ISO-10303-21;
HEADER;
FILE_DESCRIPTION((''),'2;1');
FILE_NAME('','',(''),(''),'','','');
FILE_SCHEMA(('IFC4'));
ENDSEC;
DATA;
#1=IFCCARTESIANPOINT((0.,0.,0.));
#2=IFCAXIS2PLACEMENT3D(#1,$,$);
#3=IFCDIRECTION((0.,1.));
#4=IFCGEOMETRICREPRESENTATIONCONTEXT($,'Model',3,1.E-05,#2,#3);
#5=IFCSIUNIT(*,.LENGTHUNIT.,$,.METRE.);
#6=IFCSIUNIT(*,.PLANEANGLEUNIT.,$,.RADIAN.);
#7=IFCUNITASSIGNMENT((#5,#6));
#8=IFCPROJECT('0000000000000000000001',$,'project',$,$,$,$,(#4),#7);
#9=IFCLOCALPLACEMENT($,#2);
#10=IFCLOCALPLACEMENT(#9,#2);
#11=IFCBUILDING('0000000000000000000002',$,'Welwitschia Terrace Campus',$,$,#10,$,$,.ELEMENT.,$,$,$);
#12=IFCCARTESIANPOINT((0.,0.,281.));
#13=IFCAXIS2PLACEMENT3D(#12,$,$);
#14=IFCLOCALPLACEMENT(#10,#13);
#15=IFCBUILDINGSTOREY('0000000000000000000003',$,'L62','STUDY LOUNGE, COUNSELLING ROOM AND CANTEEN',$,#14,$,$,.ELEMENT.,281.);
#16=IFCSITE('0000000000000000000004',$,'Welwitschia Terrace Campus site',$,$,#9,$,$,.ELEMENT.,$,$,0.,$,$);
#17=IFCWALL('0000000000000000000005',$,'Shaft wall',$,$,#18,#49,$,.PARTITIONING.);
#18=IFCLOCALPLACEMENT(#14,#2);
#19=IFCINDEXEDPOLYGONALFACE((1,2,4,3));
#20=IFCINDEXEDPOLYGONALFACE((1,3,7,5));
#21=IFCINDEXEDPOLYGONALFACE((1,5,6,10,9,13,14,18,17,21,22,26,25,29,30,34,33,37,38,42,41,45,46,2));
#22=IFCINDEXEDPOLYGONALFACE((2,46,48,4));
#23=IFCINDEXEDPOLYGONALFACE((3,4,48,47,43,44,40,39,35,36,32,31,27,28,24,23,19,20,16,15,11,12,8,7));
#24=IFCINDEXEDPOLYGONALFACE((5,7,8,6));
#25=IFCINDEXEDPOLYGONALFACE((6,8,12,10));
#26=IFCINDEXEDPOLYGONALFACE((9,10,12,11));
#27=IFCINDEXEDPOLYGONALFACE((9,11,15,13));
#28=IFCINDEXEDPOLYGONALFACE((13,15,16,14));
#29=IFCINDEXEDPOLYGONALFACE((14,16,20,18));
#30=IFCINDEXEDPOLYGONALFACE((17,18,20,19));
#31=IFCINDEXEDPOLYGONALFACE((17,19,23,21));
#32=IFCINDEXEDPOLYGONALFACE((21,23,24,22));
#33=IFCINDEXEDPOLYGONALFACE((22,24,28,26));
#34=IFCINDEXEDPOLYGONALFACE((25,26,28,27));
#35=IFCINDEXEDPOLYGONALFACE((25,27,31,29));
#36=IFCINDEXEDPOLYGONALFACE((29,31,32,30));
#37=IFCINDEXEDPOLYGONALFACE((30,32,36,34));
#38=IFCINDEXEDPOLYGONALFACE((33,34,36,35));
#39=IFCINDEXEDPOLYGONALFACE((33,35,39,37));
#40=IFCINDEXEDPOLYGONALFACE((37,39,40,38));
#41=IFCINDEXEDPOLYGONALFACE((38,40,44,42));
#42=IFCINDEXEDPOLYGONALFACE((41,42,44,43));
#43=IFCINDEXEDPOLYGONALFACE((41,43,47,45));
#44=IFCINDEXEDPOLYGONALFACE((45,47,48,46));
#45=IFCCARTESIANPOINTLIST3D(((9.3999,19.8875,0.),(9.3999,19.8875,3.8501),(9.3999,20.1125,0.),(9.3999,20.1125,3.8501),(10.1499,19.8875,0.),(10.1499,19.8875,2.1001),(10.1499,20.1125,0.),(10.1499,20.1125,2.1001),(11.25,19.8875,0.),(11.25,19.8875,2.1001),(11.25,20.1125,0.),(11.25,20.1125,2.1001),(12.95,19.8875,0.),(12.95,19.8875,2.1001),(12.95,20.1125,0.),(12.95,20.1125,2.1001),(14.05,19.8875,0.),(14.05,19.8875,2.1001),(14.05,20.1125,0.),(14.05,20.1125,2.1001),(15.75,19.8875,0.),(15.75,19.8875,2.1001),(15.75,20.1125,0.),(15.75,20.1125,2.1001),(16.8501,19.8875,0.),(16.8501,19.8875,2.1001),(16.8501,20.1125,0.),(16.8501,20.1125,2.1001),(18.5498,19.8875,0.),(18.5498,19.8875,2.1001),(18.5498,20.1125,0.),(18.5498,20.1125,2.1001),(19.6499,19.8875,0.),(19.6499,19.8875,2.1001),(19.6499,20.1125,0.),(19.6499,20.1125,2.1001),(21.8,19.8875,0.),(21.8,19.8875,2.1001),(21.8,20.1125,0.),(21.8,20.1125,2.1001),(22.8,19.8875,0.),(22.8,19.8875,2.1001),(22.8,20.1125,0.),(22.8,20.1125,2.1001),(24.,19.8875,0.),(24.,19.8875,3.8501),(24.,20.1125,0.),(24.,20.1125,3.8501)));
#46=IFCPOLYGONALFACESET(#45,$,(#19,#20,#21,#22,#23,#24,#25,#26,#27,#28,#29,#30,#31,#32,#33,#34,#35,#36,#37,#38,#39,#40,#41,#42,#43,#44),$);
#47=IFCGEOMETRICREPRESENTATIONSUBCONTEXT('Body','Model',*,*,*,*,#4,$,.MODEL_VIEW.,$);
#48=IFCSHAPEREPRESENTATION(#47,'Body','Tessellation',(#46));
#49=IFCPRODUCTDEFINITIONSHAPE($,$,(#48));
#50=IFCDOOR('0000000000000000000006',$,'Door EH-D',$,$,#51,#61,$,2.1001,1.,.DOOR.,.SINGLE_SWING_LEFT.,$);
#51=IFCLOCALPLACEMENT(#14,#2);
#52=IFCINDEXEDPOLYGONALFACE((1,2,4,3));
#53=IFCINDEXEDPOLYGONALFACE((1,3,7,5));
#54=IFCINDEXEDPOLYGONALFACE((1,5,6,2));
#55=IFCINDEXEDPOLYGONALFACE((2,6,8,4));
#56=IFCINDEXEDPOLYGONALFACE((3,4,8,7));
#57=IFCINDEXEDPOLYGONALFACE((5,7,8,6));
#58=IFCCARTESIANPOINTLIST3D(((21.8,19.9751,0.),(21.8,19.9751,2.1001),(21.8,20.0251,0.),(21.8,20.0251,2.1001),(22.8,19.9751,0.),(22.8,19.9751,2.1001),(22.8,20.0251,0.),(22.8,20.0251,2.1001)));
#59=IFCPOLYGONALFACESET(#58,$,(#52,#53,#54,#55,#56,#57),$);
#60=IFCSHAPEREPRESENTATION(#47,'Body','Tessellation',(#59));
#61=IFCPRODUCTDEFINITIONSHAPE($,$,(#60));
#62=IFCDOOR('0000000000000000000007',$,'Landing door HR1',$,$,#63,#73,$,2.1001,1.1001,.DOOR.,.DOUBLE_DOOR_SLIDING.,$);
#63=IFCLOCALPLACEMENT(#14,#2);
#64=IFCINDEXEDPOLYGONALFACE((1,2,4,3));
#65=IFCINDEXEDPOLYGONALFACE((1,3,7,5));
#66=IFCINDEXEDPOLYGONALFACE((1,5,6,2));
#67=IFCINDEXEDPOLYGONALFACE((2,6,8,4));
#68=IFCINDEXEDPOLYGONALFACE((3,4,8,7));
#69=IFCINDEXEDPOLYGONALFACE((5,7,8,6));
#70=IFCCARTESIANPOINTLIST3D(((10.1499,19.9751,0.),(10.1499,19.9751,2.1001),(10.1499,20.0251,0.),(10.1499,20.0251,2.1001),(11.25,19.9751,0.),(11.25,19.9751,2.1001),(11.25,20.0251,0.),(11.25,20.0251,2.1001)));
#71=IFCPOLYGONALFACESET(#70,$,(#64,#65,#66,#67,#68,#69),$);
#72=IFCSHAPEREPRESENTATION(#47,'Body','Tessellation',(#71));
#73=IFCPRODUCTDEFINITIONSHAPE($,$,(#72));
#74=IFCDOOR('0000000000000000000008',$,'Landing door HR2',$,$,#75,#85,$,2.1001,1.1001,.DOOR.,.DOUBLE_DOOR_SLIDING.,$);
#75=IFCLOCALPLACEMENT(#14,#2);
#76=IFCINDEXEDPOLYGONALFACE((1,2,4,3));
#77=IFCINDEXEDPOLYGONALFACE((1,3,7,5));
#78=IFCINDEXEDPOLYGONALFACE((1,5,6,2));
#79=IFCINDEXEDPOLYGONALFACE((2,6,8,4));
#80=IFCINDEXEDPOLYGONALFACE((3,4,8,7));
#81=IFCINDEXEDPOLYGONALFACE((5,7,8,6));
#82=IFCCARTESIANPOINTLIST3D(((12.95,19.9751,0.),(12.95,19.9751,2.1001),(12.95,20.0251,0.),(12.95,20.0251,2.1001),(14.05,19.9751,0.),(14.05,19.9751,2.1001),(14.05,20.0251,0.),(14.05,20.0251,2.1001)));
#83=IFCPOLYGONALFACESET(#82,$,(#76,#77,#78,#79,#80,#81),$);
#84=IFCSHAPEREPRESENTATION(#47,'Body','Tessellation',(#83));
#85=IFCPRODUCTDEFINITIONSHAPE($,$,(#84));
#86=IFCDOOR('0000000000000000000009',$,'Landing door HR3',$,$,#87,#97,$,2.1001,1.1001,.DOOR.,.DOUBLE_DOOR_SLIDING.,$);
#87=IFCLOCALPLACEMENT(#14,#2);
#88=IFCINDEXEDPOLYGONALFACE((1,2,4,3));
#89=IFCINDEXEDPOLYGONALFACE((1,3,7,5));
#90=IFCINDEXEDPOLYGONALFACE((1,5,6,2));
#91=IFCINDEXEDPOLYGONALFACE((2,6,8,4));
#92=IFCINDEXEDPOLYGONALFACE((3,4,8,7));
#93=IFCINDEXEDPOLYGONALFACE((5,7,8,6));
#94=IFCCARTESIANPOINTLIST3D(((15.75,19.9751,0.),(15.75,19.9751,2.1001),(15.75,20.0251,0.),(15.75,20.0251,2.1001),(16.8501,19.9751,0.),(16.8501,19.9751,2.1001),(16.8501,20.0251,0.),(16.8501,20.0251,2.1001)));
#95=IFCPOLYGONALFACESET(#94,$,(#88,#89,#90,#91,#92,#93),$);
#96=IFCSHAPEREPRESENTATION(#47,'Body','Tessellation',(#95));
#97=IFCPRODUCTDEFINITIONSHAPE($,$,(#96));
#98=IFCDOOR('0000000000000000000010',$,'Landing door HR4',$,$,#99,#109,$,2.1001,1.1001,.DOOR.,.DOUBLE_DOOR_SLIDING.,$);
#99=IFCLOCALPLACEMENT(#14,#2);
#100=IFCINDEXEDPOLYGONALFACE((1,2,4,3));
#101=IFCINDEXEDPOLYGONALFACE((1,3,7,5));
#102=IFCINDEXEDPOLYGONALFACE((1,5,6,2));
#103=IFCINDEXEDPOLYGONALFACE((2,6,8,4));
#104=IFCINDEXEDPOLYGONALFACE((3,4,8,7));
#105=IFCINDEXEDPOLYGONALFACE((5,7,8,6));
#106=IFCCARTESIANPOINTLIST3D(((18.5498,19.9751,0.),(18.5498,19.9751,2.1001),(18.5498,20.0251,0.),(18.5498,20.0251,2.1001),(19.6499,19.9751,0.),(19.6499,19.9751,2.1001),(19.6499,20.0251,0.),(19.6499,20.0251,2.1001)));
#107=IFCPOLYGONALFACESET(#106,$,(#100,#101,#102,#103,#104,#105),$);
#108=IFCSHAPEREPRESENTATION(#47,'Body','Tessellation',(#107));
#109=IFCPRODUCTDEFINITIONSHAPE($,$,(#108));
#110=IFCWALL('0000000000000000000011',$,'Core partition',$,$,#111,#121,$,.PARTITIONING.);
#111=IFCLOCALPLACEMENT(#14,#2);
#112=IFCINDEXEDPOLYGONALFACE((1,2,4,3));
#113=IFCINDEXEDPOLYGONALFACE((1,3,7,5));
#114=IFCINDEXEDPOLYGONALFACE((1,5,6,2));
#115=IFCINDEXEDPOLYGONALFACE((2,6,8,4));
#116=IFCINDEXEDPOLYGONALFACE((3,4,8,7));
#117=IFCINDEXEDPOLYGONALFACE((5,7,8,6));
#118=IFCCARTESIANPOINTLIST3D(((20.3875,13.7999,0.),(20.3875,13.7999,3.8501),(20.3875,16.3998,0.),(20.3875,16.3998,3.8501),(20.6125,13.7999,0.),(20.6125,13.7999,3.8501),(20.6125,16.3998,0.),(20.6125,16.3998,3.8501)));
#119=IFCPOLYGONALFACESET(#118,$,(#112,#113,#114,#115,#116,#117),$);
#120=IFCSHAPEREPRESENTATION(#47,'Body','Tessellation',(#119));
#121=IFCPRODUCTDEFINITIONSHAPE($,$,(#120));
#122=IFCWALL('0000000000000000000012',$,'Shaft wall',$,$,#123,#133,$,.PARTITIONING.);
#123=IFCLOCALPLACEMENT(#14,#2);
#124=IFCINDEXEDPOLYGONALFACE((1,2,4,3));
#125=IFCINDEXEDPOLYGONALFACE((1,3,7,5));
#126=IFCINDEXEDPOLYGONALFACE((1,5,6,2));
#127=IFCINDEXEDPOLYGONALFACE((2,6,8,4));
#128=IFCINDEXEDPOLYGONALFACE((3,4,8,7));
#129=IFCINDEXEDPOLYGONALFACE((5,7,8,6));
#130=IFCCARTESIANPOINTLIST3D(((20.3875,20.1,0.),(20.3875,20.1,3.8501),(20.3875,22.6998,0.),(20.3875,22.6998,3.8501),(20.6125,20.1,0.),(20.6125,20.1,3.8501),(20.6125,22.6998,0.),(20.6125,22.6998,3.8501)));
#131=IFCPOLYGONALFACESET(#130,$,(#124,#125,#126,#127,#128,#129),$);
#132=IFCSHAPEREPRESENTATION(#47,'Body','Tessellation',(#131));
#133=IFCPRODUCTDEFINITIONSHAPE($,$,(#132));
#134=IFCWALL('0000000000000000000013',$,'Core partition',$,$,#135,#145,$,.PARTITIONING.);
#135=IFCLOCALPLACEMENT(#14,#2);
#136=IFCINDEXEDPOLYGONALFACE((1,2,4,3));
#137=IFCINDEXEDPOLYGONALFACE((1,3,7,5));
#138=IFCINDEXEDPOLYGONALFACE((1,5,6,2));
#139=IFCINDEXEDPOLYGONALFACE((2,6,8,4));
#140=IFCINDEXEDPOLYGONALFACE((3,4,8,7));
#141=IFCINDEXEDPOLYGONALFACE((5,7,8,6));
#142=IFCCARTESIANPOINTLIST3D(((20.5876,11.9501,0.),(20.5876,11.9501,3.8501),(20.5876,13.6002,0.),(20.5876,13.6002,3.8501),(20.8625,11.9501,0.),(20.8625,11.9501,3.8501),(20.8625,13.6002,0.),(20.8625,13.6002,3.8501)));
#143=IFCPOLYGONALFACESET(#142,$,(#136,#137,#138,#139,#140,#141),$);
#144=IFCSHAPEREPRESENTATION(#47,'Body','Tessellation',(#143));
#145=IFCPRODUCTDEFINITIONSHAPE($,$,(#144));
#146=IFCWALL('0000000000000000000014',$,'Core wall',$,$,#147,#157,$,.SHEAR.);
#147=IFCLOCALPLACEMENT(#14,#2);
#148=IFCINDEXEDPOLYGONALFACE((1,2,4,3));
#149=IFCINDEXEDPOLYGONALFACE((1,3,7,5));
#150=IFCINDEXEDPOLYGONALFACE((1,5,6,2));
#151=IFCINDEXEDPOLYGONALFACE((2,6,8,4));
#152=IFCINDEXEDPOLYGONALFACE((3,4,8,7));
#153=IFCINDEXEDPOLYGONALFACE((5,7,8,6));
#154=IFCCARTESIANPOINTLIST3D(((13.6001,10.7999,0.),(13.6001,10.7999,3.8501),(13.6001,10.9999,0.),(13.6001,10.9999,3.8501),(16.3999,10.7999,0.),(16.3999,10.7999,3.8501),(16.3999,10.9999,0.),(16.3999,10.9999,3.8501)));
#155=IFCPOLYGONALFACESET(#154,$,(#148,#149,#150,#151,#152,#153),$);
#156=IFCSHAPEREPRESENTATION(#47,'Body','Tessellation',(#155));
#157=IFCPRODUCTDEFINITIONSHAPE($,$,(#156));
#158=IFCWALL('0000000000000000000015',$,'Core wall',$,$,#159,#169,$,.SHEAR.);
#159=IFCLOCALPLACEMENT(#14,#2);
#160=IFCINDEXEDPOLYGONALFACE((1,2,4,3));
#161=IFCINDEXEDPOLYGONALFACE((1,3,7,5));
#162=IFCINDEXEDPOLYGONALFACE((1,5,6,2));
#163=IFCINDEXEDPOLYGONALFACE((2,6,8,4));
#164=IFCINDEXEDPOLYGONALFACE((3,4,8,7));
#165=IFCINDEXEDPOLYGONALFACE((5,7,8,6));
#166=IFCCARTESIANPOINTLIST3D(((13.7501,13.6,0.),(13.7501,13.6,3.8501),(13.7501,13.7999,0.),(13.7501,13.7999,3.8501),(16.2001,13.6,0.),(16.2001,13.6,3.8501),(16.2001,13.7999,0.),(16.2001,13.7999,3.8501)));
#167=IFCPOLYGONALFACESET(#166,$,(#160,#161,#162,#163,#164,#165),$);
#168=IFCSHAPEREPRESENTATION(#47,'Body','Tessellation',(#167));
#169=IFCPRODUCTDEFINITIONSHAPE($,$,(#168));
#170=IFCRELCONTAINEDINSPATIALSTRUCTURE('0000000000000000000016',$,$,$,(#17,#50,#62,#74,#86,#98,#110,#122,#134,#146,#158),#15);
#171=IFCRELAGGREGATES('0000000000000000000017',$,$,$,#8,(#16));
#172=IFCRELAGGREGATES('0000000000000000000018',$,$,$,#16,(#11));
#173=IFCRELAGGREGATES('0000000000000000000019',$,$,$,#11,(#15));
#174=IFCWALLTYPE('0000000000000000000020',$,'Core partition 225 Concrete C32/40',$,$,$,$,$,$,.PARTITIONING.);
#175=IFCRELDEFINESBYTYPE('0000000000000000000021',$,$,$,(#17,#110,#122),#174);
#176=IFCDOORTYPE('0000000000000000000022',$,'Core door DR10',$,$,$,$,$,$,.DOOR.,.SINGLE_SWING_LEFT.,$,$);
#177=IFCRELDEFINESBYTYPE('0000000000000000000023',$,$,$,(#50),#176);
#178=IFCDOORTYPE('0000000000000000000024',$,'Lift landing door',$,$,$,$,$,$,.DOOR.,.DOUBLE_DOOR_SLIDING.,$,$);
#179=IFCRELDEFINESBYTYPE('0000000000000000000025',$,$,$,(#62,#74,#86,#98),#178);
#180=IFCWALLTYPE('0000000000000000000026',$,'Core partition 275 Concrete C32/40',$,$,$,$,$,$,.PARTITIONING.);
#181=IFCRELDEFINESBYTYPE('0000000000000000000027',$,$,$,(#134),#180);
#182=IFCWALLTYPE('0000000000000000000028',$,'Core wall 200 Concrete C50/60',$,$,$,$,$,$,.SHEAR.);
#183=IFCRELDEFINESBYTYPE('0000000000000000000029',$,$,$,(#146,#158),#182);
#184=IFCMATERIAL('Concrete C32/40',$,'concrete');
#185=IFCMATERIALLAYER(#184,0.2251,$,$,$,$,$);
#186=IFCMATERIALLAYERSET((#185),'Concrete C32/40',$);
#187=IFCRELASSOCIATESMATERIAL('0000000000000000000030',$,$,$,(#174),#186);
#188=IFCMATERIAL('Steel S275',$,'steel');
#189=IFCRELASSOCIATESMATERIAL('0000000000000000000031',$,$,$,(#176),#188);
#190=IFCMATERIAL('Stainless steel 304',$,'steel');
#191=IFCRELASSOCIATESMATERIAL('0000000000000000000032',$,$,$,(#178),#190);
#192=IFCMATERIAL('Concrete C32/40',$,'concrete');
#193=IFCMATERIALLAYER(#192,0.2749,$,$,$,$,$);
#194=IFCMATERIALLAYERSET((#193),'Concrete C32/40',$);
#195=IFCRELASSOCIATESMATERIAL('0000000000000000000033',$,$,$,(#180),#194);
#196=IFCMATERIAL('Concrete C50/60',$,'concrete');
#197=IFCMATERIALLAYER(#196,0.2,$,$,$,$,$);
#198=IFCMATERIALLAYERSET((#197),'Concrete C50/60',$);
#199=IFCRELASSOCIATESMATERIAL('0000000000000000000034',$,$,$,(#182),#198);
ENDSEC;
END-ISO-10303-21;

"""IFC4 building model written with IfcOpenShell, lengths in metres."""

from ifc_helpers import new_model, si_unit, direction, frame, frame_2d, origin, place, context, subcontext, project, spatial, rectangle, extrude, material, layer, layer_set, type_object, element, fill, save


model = new_model("IFC4")

# Units and contexts
model_context = context("Model", 3, precision=1e-05, world=origin(), true_north=direction((0.0, 1.0)))
body_context = subcontext(model_context, "Body", "Model", "MODEL_VIEW")
ifc_project = project(units=[si_unit("LENGTHUNIT", "METRE"), si_unit("PLANEANGLEUNIT", "RADIAN")], contexts=[model_context])

# Site, building, storey
site_placement = place(None, origin())
site = spatial("IfcSite", under=ifc_project, at=site_placement, Name="Welwitschia Terrace Campus site", CompositionType="ELEMENT", RefElevation=0.0)
building_placement = place(site_placement, origin())
building = spatial("IfcBuilding", under=site, at=building_placement, Name="Welwitschia Terrace Campus", CompositionType="ELEMENT")
storey_placement = place(building_placement, frame((0.0, 0.0, 281.0)))
storey = spatial("IfcBuildingStorey", under=building, at=storey_placement, Name="L62", Description="STUDY LOUNGE, COUNSELLING ROOM AND CANTEEN", CompositionType="ELEMENT", Elevation=281.0)

# Shared definitions
ifc_material_1 = material(Name="Concrete C32/40", Category="concrete")
ifc_layer_1 = layer(ifc_material_1, 0.2251)
ifc_layer_set_1 = layer_set([ifc_layer_1], Name="Concrete C32/40")
wall_type_1 = type_object("IfcWallType", Name="Core partition 225 Concrete C32/40", PredefinedType="PARTITIONING", material=ifc_layer_set_1)

# Wall, openings, doors
wall_1_placement = place(storey_placement, frame((24.0, 20.0, 0.0), z_axis=(0.0, 0.0, 1.0), x_axis=(-1.0, 0.0, 0.0)))
wall_1 = element("IfcWall", 1, at=wall_1_placement, inside=storey, type_object=wall_type_1, Name="Shaft wall", PredefinedType="PARTITIONING", context=body_context, shape_type="SweptSolid", body=[
    extrude(rectangle(XDim=14.6001, YDim=0.2251, at=frame_2d((7.3, 0.0))), origin(), (0.0, 0.0, 1.0), 3.8501),
])
opening_1_placement = place(wall_1_placement, frame((12.75, 0.0, 0.0)))
opening_1 = element("IfcOpeningElement", 2, at=opening_1_placement, cuts=wall_1, PredefinedType="OPENING", context=body_context, shape_type="SweptSolid", body=[
    extrude(rectangle(XDim=1.1001, YDim=2.1001, at=frame_2d((0.55, 1.05))), frame((0.0, 0.1226, 0.0), z_axis=(0.0, -1.0, 0.0), x_axis=(1.0, 0.0, 0.0)), (0.0, 0.0, 1.0), 0.2451),
])
opening_2_placement = place(wall_1_placement, frame((9.95, 0.0, 0.0)))
opening_2 = element("IfcOpeningElement", 3, at=opening_2_placement, cuts=wall_1, PredefinedType="OPENING", context=body_context, shape_type="SweptSolid", body=[
    extrude(rectangle(XDim=1.1001, YDim=2.1001, at=frame_2d((0.55, 1.05))), frame((0.0, 0.1226, 0.0), z_axis=(0.0, -1.0, 0.0), x_axis=(1.0, 0.0, 0.0)), (0.0, 0.0, 1.0), 0.2451),
])
opening_3_placement = place(wall_1_placement, frame((7.1499, 0.0, 0.0)))
opening_3 = element("IfcOpeningElement", 4, at=opening_3_placement, cuts=wall_1, PredefinedType="OPENING", context=body_context, shape_type="SweptSolid", body=[
    extrude(rectangle(XDim=1.1001, YDim=2.1001, at=frame_2d((0.55, 1.05))), frame((0.0, 0.1226, 0.0), z_axis=(0.0, -1.0, 0.0), x_axis=(1.0, 0.0, 0.0)), (0.0, 0.0, 1.0), 0.2451),
])
opening_4_placement = place(wall_1_placement, frame((4.3501, 0.0, 0.0)))
opening_4 = element("IfcOpeningElement", 5, at=opening_4_placement, cuts=wall_1, PredefinedType="OPENING", context=body_context, shape_type="SweptSolid", body=[
    extrude(rectangle(XDim=1.1001, YDim=2.1001, at=frame_2d((0.55, 1.05))), frame((0.0, 0.1226, 0.0), z_axis=(0.0, -1.0, 0.0), x_axis=(1.0, 0.0, 0.0)), (0.0, 0.0, 1.0), 0.2451),
])
opening_5_placement = place(wall_1_placement, frame((1.2, 0.0, 0.0)))
opening_5 = element("IfcOpeningElement", 6, at=opening_5_placement, cuts=wall_1, PredefinedType="OPENING", context=body_context, shape_type="SweptSolid", body=[
    extrude(rectangle(XDim=1.0, YDim=2.1001, at=frame_2d((0.5, 1.05))), frame((0.0, 0.1226, 0.0), z_axis=(0.0, -1.0, 0.0), x_axis=(1.0, 0.0, 0.0)), (0.0, 0.0, 1.0), 0.2451),
])
ifc_material_2 = material(Name="Steel S275", Category="steel")
door_type_1 = type_object("IfcDoorType", Name="Core door DR10", OperationType="SINGLE_SWING_LEFT", PredefinedType="DOOR", material=ifc_material_2)
door_1_placement = place(opening_5_placement, origin())
door_1 = element("IfcDoor", 7, at=door_1_placement, inside=storey, type_object=door_type_1, Name="Door EH-D", OperationType="SINGLE_SWING_LEFT", OverallHeight=2.1001, OverallWidth=1.0, PredefinedType="DOOR", context=body_context, shape_type="SweptSolid", body=[
    extrude(rectangle(XDim=1.0, YDim=2.1001, at=frame_2d((0.5, 1.05))), frame((0.0, 0.0249, 0.0), z_axis=(0.0, -1.0, 0.0), x_axis=(1.0, 0.0, 0.0)), (0.0, 0.0, 1.0), 0.05),
])
fill(opening_5, door_1)
ifc_material_3 = material(Name="Stainless steel 304", Category="steel")
door_type_2 = type_object("IfcDoorType", Name="Lift landing door", OperationType="DOUBLE_DOOR_SLIDING", PredefinedType="DOOR", material=ifc_material_3)
door_2_placement = place(opening_1_placement, origin())
door_2 = element("IfcDoor", 8, at=door_2_placement, inside=storey, type_object=door_type_2, Name="Landing door HR1", OperationType="DOUBLE_DOOR_SLIDING", OverallHeight=2.1001, OverallWidth=1.1001, PredefinedType="DOOR", context=body_context, shape_type="SweptSolid", body=[
    extrude(rectangle(XDim=1.1001, YDim=2.1001, at=frame_2d((0.55, 1.05))), frame((0.0, 0.0249, 0.0), z_axis=(0.0, -1.0, 0.0), x_axis=(1.0, 0.0, 0.0)), (0.0, 0.0, 1.0), 0.05),
])
fill(opening_1, door_2)
door_3_placement = place(opening_2_placement, origin())
door_3 = element("IfcDoor", 9, at=door_3_placement, inside=storey, type_object=door_type_2, Name="Landing door HR2", OperationType="DOUBLE_DOOR_SLIDING", OverallHeight=2.1001, OverallWidth=1.1001, PredefinedType="DOOR", context=body_context, shape_type="SweptSolid", body=[
    extrude(rectangle(XDim=1.1001, YDim=2.1001, at=frame_2d((0.55, 1.05))), frame((0.0, 0.0249, 0.0), z_axis=(0.0, -1.0, 0.0), x_axis=(1.0, 0.0, 0.0)), (0.0, 0.0, 1.0), 0.05),
])
fill(opening_2, door_3)
door_4_placement = place(opening_3_placement, origin())
door_4 = element("IfcDoor", 10, at=door_4_placement, inside=storey, type_object=door_type_2, Name="Landing door HR3", OperationType="DOUBLE_DOOR_SLIDING", OverallHeight=2.1001, OverallWidth=1.1001, PredefinedType="DOOR", context=body_context, shape_type="SweptSolid", body=[
    extrude(rectangle(XDim=1.1001, YDim=2.1001, at=frame_2d((0.55, 1.05))), frame((0.0, 0.0249, 0.0), z_axis=(0.0, -1.0, 0.0), x_axis=(1.0, 0.0, 0.0)), (0.0, 0.0, 1.0), 0.05),
])
fill(opening_3, door_4)
door_5_placement = place(opening_4_placement, origin())
door_5 = element("IfcDoor", 11, at=door_5_placement, inside=storey, type_object=door_type_2, Name="Landing door HR4", OperationType="DOUBLE_DOOR_SLIDING", OverallHeight=2.1001, OverallWidth=1.1001, PredefinedType="DOOR", context=body_context, shape_type="SweptSolid", body=[
    extrude(rectangle(XDim=1.1001, YDim=2.1001, at=frame_2d((0.55, 1.05))), frame((0.0, 0.0249, 0.0), z_axis=(0.0, -1.0, 0.0), x_axis=(1.0, 0.0, 0.0)), (0.0, 0.0, 1.0), 0.05),
])
fill(opening_4, door_5)

# Walls
for number, where, z_axis, x_axis, name in (
    (12, (20.5, 13.8, 0.0), (0.0, 0.0, 1.0), (0.0, 1.0, 0.0), "Core partition"),
    (13, (20.5, 20.1001, 0.0), (0.0, 0.0, 1.0), (0.0, 1.0, 0.0), "Shaft wall"),
):
    element("IfcWall", number, at=place(storey_placement, frame(where, z_axis=z_axis, x_axis=x_axis)), inside=storey, type_object=wall_type_1, Name=name, PredefinedType="PARTITIONING", context=body_context, shape_type="SweptSolid", body=[
        extrude(rectangle(XDim=2.5999, YDim=0.2251, at=frame_2d((1.2998, 0.0))), origin(), (0.0, 0.0, 1.0), 3.8501),
    ])
ifc_material_4 = material(Name="Concrete C32/40", Category="concrete")
ifc_layer_2 = layer(ifc_material_4, 0.2749)
ifc_layer_set_2 = layer_set([ifc_layer_2], Name="Concrete C32/40")
wall_type_2 = type_object("IfcWallType", Name="Core partition 275 Concrete C32/40", PredefinedType="PARTITIONING", material=ifc_layer_set_2)
wall_2_placement = place(storey_placement, frame((20.7251, 11.95, 0.0), z_axis=(0.0, 0.0, 1.0), x_axis=(0.0, 1.0, 0.0)))
element("IfcWall", 14, at=wall_2_placement, inside=storey, type_object=wall_type_2, Name="Core partition", PredefinedType="PARTITIONING", context=body_context, shape_type="SweptSolid", body=[
    extrude(rectangle(XDim=1.6501, YDim=0.2749, at=frame_2d((0.8252, 0.0))), origin(), (0.0, 0.0, 1.0), 3.8501),
])
ifc_material_5 = material(Name="Concrete C50/60", Category="concrete")
ifc_layer_3 = layer(ifc_material_5, 0.2)
ifc_layer_set_3 = layer_set([ifc_layer_3], Name="Concrete C50/60")
wall_type_3 = type_object("IfcWallType", Name="Core wall 200 Concrete C50/60", PredefinedType="SHEAR", material=ifc_layer_set_3)
wall_3_placement = place(storey_placement, frame((13.6001, 10.8999, 0.0), z_axis=(0.0, 0.0, 1.0), x_axis=(1.0, 0.0, 0.0)))
element("IfcWall", 15, at=wall_3_placement, inside=storey, type_object=wall_type_3, Name="Core wall", PredefinedType="SHEAR", context=body_context, shape_type="SweptSolid", body=[
    extrude(rectangle(XDim=2.7998, YDim=0.2, at=frame_2d((1.3999, 0.0))), origin(), (0.0, 0.0, 1.0), 3.8501),
])
wall_4_placement = place(storey_placement, frame((13.75, 13.7, 0.0), z_axis=(0.0, 0.0, 1.0), x_axis=(1.0, 0.0, 0.0)))
element("IfcWall", 16, at=wall_4_placement, inside=storey, type_object=wall_type_3, Name="Core wall", PredefinedType="SHEAR", context=body_context, shape_type="SweptSolid", body=[
    extrude(rectangle(XDim=2.45, YDim=0.2, at=frame_2d((1.2251, 0.0))), origin(), (0.0, 0.0, 1.0), 3.8501),
])

save(model, "model.ifc")
